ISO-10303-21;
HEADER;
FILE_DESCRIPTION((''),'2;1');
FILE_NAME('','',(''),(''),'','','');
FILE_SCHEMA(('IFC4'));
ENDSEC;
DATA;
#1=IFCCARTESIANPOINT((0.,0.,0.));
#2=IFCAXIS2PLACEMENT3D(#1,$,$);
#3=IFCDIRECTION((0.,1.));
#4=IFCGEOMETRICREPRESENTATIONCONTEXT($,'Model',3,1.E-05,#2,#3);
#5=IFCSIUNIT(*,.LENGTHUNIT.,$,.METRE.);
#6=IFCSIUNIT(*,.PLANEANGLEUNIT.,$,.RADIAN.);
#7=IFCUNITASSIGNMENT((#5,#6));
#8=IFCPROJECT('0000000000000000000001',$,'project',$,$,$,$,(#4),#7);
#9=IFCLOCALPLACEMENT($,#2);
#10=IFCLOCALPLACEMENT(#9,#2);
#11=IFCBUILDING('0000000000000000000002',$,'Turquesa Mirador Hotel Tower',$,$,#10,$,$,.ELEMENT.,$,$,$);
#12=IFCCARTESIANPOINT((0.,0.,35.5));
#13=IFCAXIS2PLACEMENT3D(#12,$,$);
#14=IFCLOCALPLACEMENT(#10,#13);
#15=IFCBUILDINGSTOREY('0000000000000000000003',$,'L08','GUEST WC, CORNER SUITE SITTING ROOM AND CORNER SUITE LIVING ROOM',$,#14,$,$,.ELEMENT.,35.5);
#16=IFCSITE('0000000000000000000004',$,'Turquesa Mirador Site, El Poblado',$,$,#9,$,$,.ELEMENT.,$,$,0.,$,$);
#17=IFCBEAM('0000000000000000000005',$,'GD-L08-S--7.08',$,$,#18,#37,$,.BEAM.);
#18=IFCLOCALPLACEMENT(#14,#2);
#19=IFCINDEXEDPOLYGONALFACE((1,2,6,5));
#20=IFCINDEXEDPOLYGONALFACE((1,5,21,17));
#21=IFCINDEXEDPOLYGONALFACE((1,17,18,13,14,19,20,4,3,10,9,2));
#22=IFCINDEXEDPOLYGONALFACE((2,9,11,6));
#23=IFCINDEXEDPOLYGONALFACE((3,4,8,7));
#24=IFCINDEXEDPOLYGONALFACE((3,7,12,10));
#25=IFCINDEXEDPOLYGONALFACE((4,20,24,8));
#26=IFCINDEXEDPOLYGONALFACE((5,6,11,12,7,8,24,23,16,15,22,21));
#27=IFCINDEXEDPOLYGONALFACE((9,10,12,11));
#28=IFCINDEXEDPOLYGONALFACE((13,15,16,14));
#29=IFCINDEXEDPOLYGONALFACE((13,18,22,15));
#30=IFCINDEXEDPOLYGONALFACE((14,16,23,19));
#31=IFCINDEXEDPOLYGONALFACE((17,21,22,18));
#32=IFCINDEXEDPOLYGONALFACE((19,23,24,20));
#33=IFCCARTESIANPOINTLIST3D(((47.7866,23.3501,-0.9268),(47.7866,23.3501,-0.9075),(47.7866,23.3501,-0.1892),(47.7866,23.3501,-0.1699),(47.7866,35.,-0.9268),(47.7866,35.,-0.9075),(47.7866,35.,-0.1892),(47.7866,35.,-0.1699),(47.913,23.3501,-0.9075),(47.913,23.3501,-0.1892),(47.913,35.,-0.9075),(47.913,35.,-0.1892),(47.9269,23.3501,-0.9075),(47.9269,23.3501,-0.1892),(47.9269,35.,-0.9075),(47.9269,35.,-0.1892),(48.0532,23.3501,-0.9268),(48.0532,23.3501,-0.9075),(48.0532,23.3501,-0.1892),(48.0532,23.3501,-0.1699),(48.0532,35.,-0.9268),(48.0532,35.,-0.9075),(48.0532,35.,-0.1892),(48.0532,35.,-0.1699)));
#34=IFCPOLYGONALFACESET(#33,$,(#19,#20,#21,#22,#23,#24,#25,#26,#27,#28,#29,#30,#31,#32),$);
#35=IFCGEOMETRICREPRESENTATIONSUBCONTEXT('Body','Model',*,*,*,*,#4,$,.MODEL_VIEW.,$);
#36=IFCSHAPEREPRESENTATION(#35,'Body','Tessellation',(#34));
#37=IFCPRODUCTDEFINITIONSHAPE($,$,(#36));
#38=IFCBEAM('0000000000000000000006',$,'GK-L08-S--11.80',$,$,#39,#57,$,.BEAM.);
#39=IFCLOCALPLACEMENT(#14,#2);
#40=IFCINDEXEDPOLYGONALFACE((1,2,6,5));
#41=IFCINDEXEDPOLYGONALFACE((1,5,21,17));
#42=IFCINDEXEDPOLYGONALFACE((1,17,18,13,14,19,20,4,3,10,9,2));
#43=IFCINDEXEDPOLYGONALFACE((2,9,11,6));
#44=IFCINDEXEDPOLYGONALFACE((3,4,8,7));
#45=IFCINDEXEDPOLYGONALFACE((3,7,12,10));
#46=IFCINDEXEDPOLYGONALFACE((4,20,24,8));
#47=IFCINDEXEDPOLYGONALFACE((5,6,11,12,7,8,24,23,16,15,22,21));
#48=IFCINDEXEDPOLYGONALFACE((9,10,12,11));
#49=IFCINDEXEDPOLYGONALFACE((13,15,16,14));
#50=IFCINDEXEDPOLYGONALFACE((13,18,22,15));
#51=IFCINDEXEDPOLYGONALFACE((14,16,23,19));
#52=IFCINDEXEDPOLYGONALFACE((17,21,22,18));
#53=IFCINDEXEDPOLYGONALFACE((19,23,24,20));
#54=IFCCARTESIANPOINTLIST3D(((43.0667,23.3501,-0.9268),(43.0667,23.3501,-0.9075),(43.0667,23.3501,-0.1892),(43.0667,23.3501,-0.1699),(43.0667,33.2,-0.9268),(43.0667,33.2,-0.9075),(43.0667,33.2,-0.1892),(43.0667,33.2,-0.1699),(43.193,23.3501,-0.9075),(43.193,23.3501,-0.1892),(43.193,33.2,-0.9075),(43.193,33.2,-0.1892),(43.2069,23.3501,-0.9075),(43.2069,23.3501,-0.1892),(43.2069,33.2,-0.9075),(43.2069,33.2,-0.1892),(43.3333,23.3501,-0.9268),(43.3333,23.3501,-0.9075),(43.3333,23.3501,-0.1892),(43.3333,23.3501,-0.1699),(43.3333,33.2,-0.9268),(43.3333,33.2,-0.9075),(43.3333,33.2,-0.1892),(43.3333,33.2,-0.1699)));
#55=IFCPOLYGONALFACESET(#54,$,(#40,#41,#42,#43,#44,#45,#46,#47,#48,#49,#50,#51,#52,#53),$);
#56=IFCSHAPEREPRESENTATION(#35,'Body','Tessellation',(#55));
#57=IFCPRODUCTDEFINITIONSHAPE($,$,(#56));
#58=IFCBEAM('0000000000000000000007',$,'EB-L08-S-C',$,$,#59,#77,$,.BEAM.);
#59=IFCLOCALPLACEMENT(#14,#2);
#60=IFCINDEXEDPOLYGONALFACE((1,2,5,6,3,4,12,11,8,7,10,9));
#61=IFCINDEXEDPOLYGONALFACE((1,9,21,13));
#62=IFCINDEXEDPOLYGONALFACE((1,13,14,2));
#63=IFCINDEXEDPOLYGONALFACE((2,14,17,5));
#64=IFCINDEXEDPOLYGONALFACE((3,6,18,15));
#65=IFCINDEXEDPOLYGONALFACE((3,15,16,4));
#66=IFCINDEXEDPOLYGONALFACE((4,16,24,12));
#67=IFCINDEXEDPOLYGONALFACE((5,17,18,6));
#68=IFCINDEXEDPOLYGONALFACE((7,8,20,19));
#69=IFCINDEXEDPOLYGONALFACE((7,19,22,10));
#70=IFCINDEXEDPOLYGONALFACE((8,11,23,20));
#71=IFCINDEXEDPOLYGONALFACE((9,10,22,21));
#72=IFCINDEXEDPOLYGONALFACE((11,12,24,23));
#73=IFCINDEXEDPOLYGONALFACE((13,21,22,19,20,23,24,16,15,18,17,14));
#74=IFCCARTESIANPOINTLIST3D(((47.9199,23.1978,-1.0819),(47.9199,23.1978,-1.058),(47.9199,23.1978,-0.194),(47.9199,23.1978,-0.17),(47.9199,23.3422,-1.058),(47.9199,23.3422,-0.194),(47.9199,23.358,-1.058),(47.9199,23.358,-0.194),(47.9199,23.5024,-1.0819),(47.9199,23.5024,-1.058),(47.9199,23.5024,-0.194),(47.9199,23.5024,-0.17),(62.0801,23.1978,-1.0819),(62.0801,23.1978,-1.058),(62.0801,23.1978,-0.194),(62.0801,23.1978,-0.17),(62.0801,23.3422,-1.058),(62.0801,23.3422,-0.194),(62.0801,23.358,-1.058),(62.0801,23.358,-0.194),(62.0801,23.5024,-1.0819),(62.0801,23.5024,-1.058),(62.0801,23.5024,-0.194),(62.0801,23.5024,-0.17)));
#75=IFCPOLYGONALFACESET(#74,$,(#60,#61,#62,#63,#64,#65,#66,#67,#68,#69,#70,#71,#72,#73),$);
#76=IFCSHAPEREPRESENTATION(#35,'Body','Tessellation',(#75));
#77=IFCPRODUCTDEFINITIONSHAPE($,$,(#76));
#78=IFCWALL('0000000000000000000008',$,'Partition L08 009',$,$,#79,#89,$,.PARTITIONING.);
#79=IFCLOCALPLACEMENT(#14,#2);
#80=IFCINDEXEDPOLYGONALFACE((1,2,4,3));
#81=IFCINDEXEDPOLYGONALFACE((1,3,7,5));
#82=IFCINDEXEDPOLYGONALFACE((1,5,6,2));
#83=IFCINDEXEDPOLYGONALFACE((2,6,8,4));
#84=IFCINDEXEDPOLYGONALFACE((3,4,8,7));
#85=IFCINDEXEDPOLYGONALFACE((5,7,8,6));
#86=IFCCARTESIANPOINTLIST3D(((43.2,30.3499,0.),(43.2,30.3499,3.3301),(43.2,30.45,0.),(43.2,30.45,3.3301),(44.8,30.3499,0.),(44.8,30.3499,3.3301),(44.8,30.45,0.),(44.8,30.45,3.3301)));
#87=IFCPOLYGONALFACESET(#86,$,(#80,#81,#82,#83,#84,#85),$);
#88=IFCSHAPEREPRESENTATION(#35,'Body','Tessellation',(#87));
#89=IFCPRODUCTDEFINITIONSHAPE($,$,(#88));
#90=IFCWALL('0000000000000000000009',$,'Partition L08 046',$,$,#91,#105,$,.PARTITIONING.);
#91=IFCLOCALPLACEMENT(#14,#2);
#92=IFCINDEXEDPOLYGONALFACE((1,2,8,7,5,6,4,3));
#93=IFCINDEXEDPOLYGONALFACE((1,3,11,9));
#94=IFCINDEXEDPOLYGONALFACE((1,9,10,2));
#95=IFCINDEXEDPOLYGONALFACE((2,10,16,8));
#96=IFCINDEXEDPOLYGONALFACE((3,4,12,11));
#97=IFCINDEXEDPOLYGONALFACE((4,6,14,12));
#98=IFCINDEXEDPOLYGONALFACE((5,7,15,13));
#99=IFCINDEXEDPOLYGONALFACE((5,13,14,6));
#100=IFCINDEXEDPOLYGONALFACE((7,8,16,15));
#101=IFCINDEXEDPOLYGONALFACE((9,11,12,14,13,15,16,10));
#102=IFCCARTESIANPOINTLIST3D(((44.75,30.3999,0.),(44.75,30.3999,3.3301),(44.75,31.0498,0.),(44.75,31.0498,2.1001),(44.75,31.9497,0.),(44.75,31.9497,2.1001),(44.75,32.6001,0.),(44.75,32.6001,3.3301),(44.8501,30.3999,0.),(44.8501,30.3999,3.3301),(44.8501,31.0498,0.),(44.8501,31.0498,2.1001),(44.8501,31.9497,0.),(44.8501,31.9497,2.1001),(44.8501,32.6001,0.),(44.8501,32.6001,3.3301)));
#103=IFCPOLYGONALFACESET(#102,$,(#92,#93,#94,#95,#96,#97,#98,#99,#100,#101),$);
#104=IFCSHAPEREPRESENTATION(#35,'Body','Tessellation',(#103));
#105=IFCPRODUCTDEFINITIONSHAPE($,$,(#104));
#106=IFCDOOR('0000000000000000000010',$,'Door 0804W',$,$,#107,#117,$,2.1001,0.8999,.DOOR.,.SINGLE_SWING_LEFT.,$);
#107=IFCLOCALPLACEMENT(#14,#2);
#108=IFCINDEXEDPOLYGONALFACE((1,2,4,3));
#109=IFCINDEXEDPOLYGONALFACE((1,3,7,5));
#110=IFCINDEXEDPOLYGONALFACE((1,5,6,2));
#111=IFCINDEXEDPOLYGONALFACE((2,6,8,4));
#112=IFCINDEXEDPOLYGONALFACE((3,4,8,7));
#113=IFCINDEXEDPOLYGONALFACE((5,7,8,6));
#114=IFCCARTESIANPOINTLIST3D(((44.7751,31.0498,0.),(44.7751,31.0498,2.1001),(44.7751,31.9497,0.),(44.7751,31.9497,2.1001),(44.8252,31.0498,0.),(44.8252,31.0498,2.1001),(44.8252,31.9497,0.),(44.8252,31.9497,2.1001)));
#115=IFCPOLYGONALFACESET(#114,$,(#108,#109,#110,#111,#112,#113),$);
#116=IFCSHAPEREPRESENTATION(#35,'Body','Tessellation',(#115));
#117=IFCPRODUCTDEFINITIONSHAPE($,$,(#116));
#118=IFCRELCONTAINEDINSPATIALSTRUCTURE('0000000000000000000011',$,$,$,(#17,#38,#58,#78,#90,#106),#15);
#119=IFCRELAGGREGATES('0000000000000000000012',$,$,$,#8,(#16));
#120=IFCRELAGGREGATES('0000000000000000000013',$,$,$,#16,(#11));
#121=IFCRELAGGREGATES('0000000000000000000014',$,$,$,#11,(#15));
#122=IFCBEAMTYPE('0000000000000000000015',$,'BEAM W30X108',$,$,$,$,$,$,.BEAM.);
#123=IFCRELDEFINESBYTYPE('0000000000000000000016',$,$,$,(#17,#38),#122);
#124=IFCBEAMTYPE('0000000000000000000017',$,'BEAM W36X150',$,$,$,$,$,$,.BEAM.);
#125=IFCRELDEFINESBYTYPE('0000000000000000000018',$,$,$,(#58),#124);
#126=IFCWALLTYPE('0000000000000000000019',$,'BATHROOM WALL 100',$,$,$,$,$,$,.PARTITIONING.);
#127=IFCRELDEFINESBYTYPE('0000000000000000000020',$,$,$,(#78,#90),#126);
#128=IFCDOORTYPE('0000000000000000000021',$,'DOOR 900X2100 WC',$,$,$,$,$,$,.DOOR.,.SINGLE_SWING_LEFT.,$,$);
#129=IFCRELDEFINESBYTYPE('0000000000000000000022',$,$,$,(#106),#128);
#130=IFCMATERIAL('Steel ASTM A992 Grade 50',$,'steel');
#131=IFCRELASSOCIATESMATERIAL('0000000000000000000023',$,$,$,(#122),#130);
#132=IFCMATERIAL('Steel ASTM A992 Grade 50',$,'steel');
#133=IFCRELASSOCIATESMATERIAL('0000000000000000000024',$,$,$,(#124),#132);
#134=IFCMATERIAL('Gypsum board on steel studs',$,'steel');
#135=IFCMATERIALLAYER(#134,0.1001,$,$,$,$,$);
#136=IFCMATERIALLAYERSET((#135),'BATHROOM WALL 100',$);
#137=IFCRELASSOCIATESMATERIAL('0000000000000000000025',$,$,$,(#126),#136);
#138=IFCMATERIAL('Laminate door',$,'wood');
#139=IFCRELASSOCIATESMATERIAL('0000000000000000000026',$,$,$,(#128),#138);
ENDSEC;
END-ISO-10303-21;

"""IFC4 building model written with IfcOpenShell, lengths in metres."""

from ifc_helpers import new_model, si_unit, direction, frame, frame_2d, origin, origin_2d, place, context, subcontext, project, spatial, rectangle, i_section, extrude, material, layer, layer_set, material_profile, profile_set, type_object, element, fill, save


model = new_model("IFC4")

# Units and contexts
model_context = context("Model", 3, precision=1e-05, world=origin(), true_north=direction((0.0, 1.0)))
body_context = subcontext(model_context, "Body", "Model", "MODEL_VIEW")
ifc_project = project(units=[si_unit("LENGTHUNIT", "METRE"), si_unit("PLANEANGLEUNIT", "RADIAN")], contexts=[model_context])

# Site, building, storey
site_placement = place(None, origin())
site = spatial("IfcSite", under=ifc_project, at=site_placement, Name="Turquesa Mirador Site, El Poblado", CompositionType="ELEMENT", RefElevation=0.0)
building_placement = place(site_placement, origin())
building = spatial("IfcBuilding", under=site, at=building_placement, Name="Turquesa Mirador Hotel Tower", CompositionType="ELEMENT")
storey_placement = place(building_placement, frame((0.0, 0.0, 35.5)))
storey = spatial("IfcBuildingStorey", under=building, at=storey_placement, Name="L08", Description="GUEST WC, CORNER SUITE SITTING ROOM AND CORNER SUITE LIVING ROOM", CompositionType="ELEMENT", Elevation=35.5)

# Beams
ifc_material_1 = material(Name="Steel ASTM A992 Grade 50", Category="steel")
ifc_material_profile_1 = material_profile(ifc_material_1, i_section(OverallWidth=0.2666, OverallDepth=0.7568, WebThickness=0.0139, FlangeThickness=0.0193, at=origin_2d()), Name="W30X108")
ifc_profile_set_1 = profile_set([ifc_material_profile_1], Name="Steel ASTM A992 Grade 50")
beam_type_1 = type_object("IfcBeamType", Name="BEAM W30X108", PredefinedType="BEAM", material=ifc_profile_set_1)
beam_1_placement = place(storey_placement, frame((47.9199, 23.3501, -0.5483), z_axis=(0.0, 1.0, 0.0), x_axis=(-1.0, 0.0, 0.0)))
element("IfcBeam", 1, at=beam_1_placement, inside=storey, type_object=beam_type_1, Name="GD-L08-S--7.08", PredefinedType="BEAM", context=body_context, shape_type="SweptSolid", body=[
    extrude(i_section(OverallWidth=0.2666, OverallDepth=0.7568, WebThickness=0.0139, FlangeThickness=0.0193, at=origin_2d()), origin(), (0.0, 0.0, 1.0), 11.6499),
])
beam_2_placement = place(storey_placement, frame((43.2, 23.3501, -0.5483), z_axis=(0.0, 1.0, 0.0), x_axis=(-1.0, 0.0, 0.0)))
element("IfcBeam", 2, at=beam_2_placement, inside=storey, type_object=beam_type_1, Name="GK-L08-S--11.80", PredefinedType="BEAM", context=body_context, shape_type="SweptSolid", body=[
    extrude(i_section(OverallWidth=0.2666, OverallDepth=0.7568, WebThickness=0.0139, FlangeThickness=0.0193, at=origin_2d()), origin(), (0.0, 0.0, 1.0), 9.8499),
])
ifc_material_2 = material(Name="Steel ASTM A992 Grade 50", Category="steel")
ifc_material_profile_2 = material_profile(ifc_material_2, i_section(OverallWidth=0.3047, OverallDepth=0.9119, WebThickness=0.0159, FlangeThickness=0.0239, at=origin_2d()), Name="W36X150")
ifc_profile_set_2 = profile_set([ifc_material_profile_2], Name="Steel ASTM A992 Grade 50")
beam_type_2 = type_object("IfcBeamType", Name="BEAM W36X150", PredefinedType="BEAM", material=ifc_profile_set_2)
beam_3_placement = place(storey_placement, frame((47.9199, 23.3501, -0.626), z_axis=(1.0, 0.0, 0.0), x_axis=(0.0, 1.0, 0.0)))
element("IfcBeam", 3, at=beam_3_placement, inside=storey, type_object=beam_type_2, Name="EB-L08-S-C", PredefinedType="BEAM", context=body_context, shape_type="SweptSolid", body=[
    extrude(i_section(OverallWidth=0.3047, OverallDepth=0.9119, WebThickness=0.0159, FlangeThickness=0.0239, at=origin_2d()), origin(), (0.0, 0.0, 1.0), 14.1602),
])

# Wall
ifc_material_3 = material(Name="Gypsum board on steel studs", Category="steel")
ifc_layer_1 = layer(ifc_material_3, 0.1001)
ifc_layer_set_1 = layer_set([ifc_layer_1], Name="BATHROOM WALL 100")
wall_type_1 = type_object("IfcWallType", Name="BATHROOM WALL 100", PredefinedType="PARTITIONING", material=ifc_layer_set_1)
wall_1_placement = place(storey_placement, frame((43.2, 30.3999, 0.0), z_axis=(0.0, 0.0, 1.0), x_axis=(1.0, 0.0, 0.0)))
element("IfcWall", 4, at=wall_1_placement, inside=storey, type_object=wall_type_1, Name="Partition L08 009", PredefinedType="PARTITIONING", context=body_context, shape_type="SweptSolid", body=[
    extrude(rectangle(XDim=1.6001, YDim=0.1001, at=frame_2d((0.8, 0.0))), origin(), (0.0, 0.0, 1.0), 3.3301),
])

# Wall, opening, door
wall_2_placement = place(storey_placement, frame((44.8, 30.3999, 0.0), z_axis=(0.0, 0.0, 1.0), x_axis=(0.0, 1.0, 0.0)))
wall_2 = element("IfcWall", 5, at=wall_2_placement, inside=storey, type_object=wall_type_1, Name="Partition L08 046", PredefinedType="PARTITIONING", context=body_context, shape_type="SweptSolid", body=[
    extrude(rectangle(XDim=2.2002, YDim=0.1001, at=frame_2d((1.1001, 0.0))), origin(), (0.0, 0.0, 1.0), 3.3301),
])
opening_1_placement = place(wall_2_placement, frame((0.6499, 0.0, 0.0)))
opening_1 = element("IfcOpeningElement", 6, at=opening_1_placement, cuts=wall_2, PredefinedType="OPENING", context=body_context, shape_type="SweptSolid", body=[
    extrude(rectangle(XDim=0.8999, YDim=2.1001, at=frame_2d((0.45, 1.05))), frame((0.0, 0.0601, 0.0), z_axis=(0.0, -1.0, 0.0), x_axis=(1.0, 0.0, 0.0)), (0.0, 0.0, 1.0), 0.1201),
])
ifc_material_4 = material(Name="Laminate door", Category="wood")
door_type_1 = type_object("IfcDoorType", Name="DOOR 900X2100 WC", OperationType="SINGLE_SWING_LEFT", PredefinedType="DOOR", material=ifc_material_4)
door_1_placement = place(opening_1_placement, origin())
door_1 = element("IfcDoor", 7, at=door_1_placement, inside=storey, type_object=door_type_1, Name="Door 0804W", OperationType="SINGLE_SWING_LEFT", OverallHeight=2.1001, OverallWidth=0.8999, PredefinedType="DOOR", context=body_context, shape_type="SweptSolid", body=[
    extrude(rectangle(XDim=0.8999, YDim=2.1001, at=frame_2d((0.45, 1.05))), frame((0.0, 0.0249, 0.0), z_axis=(0.0, -1.0, 0.0), x_axis=(1.0, 0.0, 0.0)), (0.0, 0.0, 1.0), 0.05),
])
fill(opening_1, door_1)

save(model, "model.ifc")
